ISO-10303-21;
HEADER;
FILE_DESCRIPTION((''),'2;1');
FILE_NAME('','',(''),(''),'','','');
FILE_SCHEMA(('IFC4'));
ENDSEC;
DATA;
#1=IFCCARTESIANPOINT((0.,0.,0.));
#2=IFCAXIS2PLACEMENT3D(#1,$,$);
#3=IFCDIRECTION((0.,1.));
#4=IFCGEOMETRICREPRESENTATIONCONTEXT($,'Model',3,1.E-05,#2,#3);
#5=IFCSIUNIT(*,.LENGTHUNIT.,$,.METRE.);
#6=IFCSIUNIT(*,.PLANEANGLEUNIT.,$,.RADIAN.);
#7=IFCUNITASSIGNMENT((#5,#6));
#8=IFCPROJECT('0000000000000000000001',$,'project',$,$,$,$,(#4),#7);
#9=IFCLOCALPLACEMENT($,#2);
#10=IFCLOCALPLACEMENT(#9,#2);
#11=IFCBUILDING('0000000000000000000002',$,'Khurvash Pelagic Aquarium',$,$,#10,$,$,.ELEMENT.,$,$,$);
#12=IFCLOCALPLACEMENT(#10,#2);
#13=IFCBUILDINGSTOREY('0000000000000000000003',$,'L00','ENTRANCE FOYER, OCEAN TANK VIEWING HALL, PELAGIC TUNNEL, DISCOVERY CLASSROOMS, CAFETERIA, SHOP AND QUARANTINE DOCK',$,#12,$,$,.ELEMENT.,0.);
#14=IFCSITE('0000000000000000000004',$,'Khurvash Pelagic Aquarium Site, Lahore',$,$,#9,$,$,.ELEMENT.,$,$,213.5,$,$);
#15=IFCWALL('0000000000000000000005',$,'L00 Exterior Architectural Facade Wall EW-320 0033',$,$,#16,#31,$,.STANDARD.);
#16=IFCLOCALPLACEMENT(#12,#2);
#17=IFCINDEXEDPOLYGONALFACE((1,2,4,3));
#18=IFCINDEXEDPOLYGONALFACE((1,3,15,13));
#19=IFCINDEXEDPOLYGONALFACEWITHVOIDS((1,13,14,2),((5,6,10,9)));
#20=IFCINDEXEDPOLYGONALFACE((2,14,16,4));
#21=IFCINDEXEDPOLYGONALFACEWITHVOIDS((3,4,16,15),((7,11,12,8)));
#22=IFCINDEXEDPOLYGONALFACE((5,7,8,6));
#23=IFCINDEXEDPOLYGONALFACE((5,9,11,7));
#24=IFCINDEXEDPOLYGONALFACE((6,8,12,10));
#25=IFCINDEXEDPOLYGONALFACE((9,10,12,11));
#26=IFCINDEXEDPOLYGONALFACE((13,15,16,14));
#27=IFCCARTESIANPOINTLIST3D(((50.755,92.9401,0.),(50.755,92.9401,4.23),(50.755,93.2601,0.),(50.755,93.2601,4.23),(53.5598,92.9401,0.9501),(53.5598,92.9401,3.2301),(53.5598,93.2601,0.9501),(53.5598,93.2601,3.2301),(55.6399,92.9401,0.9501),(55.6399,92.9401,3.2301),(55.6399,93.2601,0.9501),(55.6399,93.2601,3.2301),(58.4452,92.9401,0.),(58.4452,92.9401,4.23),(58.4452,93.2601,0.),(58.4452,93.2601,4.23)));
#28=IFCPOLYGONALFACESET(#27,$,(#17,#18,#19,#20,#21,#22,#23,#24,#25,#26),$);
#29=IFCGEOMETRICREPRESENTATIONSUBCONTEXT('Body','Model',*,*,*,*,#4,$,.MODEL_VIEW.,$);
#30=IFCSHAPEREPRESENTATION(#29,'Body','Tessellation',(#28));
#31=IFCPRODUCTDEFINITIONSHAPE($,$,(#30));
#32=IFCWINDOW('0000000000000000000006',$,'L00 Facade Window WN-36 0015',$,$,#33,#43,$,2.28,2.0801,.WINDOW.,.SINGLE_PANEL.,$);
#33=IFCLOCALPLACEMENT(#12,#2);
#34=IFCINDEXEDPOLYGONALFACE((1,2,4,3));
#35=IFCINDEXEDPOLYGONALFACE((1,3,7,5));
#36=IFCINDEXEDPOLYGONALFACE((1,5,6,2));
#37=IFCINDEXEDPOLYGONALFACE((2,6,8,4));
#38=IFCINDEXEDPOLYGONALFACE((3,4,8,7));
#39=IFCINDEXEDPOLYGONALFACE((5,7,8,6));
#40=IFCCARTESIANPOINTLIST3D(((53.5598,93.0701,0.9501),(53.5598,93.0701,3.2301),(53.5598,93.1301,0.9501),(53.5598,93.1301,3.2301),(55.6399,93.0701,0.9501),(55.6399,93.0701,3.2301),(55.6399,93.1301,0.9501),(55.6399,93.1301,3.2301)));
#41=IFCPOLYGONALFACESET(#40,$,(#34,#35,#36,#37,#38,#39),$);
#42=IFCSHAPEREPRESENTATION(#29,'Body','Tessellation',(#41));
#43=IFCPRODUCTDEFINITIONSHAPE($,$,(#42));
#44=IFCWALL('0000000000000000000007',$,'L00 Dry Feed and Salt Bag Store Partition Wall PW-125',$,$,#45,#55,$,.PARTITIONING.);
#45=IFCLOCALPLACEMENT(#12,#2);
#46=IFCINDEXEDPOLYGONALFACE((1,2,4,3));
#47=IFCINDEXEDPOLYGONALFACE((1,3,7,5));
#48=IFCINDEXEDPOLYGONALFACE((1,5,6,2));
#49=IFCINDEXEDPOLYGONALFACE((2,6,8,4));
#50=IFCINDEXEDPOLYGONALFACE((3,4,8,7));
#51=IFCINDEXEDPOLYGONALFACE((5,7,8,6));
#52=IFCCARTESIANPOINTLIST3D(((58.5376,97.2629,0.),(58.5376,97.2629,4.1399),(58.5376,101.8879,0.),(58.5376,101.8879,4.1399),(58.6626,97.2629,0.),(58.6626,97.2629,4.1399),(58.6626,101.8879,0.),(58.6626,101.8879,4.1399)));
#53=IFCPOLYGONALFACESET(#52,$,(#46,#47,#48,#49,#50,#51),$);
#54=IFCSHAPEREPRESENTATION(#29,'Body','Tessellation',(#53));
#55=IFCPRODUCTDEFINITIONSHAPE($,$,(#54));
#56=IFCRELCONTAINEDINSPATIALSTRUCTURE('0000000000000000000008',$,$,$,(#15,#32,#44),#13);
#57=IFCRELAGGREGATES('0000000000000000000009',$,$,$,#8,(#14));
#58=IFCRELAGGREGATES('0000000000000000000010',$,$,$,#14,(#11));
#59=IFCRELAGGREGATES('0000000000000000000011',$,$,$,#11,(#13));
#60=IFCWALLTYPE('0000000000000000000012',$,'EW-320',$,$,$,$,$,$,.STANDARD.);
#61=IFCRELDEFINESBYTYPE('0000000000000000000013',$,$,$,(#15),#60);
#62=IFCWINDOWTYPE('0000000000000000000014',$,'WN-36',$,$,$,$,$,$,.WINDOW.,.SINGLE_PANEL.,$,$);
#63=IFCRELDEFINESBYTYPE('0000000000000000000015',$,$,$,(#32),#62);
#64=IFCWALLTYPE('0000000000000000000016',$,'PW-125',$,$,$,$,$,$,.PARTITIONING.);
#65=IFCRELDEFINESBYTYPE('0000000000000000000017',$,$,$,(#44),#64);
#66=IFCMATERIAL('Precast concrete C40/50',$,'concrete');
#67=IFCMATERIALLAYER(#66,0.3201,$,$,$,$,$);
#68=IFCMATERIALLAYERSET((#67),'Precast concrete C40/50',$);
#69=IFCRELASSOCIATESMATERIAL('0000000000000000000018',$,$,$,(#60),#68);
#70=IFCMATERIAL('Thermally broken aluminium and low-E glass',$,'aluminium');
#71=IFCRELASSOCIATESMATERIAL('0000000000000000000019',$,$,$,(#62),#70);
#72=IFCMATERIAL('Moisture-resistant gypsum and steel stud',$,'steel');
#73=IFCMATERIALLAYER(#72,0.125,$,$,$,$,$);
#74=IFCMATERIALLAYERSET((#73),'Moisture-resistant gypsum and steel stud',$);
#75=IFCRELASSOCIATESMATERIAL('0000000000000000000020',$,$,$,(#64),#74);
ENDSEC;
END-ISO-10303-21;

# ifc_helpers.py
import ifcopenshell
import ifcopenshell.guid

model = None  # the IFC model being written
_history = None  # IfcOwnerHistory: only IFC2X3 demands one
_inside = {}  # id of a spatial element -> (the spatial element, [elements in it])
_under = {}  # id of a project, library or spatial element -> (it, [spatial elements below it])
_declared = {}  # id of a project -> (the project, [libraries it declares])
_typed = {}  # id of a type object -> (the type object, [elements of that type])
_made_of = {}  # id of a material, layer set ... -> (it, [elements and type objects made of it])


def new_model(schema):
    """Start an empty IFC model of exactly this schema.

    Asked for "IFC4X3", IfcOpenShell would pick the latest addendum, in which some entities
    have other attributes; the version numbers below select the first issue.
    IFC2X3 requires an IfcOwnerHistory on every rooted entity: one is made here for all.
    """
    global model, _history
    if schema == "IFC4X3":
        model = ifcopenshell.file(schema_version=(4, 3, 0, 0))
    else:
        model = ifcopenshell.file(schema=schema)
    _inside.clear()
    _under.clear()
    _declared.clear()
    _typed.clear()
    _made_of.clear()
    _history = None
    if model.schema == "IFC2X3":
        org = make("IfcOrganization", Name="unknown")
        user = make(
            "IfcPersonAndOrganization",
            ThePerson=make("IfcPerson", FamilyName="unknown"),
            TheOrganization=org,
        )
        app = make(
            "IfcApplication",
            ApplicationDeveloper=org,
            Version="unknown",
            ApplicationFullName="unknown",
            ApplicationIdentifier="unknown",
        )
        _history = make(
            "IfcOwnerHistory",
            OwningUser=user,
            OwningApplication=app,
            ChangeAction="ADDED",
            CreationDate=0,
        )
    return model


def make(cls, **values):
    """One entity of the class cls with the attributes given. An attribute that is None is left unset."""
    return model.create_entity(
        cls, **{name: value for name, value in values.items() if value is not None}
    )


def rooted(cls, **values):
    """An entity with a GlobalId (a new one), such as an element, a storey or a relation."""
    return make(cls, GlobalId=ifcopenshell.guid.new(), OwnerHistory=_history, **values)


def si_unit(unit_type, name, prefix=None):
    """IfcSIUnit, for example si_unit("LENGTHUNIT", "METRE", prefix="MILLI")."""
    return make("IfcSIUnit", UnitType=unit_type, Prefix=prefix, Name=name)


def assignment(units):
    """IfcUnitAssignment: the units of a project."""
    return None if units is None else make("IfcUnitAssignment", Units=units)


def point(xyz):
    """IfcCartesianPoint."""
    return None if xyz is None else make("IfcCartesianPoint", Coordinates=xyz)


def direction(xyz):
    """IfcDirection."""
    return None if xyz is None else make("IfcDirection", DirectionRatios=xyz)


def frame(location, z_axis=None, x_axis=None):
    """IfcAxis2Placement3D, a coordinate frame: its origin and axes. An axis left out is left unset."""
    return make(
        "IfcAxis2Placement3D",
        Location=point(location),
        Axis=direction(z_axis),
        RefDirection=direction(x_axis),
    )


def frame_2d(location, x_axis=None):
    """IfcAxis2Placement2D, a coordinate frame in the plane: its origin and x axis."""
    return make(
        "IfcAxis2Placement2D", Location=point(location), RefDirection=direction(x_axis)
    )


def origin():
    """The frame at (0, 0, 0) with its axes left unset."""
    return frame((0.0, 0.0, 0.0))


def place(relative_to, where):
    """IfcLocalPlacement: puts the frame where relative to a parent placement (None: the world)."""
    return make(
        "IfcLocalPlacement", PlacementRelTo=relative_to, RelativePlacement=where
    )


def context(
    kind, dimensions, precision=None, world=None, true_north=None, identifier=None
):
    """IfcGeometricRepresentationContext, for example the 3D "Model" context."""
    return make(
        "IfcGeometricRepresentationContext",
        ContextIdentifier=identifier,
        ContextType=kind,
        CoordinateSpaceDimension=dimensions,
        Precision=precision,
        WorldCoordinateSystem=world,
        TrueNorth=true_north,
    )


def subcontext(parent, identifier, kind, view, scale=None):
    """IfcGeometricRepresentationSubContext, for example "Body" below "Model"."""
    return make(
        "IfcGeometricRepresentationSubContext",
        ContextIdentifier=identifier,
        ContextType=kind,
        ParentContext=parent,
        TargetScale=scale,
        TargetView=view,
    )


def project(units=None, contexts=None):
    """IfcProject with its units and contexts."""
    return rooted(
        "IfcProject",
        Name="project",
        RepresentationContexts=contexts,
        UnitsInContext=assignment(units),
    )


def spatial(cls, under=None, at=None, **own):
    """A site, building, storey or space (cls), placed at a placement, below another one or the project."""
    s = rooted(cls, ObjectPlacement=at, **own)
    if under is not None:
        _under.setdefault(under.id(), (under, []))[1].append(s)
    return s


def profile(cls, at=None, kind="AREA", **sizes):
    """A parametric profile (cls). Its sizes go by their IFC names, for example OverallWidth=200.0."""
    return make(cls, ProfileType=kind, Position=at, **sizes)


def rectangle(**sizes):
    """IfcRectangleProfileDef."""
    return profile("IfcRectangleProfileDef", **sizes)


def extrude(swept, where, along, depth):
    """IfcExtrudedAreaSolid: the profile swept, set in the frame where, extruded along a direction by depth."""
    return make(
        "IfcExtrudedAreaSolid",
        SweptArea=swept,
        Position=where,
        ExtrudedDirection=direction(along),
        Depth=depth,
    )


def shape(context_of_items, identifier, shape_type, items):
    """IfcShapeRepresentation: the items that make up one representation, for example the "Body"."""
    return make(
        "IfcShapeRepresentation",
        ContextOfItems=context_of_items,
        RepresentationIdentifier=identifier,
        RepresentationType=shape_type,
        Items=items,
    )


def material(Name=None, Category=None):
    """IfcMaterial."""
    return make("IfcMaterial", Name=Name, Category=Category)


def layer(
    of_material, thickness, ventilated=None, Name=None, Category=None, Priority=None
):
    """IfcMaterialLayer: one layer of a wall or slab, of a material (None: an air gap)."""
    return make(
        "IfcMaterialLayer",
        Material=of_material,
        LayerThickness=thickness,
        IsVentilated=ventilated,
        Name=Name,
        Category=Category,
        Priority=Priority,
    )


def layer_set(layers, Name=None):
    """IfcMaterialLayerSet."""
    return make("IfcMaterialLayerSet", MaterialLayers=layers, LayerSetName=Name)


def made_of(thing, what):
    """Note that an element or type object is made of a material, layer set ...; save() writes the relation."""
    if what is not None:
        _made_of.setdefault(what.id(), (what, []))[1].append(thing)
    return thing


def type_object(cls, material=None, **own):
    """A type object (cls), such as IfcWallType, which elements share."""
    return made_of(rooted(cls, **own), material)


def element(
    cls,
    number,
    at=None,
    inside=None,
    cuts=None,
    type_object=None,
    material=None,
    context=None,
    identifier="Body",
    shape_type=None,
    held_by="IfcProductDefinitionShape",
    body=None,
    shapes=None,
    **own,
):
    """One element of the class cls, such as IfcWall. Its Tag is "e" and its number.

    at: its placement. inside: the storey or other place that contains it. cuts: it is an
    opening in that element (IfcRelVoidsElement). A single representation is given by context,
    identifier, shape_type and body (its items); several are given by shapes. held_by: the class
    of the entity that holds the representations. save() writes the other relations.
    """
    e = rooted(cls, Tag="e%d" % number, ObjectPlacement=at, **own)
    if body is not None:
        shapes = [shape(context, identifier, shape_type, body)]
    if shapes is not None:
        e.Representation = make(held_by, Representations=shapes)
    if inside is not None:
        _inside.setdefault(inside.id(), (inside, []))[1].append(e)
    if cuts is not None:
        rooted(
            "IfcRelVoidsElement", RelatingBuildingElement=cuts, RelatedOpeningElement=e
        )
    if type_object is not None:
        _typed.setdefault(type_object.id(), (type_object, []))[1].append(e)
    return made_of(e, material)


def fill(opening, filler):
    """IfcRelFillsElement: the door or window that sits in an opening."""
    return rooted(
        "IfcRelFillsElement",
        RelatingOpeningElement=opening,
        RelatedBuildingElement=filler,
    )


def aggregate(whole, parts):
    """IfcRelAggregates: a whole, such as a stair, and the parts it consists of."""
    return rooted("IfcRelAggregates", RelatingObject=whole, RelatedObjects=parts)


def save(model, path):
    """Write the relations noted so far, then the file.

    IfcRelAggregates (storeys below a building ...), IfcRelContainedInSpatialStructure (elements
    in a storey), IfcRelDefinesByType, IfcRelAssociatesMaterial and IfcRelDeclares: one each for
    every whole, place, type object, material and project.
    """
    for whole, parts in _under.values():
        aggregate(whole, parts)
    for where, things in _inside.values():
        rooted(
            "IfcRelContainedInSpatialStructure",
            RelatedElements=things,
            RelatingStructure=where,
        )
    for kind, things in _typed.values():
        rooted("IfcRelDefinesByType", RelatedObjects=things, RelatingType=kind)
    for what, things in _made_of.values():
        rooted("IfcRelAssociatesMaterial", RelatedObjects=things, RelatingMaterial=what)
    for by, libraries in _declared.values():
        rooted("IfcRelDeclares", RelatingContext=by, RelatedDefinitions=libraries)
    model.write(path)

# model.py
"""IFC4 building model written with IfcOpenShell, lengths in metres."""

from ifc_helpers import new_model, si_unit, direction, frame, frame_2d, origin, place, context, subcontext, project, spatial, rectangle, extrude, material, layer, layer_set, type_object, element, fill, save


model = new_model("IFC4")

# Units and contexts
model_context = context("Model", 3, precision=1e-05, world=origin(), true_north=direction((0.0, 1.0)))
body_context = subcontext(model_context, "Body", "Model", "MODEL_VIEW")
ifc_project = project(units=[si_unit("LENGTHUNIT", "METRE"), si_unit("PLANEANGLEUNIT", "RADIAN")], contexts=[model_context])

# Site, building, storey
site_placement = place(None, origin())
site = spatial("IfcSite", under=ifc_project, at=site_placement, Name="Khurvash Pelagic Aquarium Site, Lahore", CompositionType="ELEMENT", RefElevation=213.5)
building_placement = place(site_placement, origin())
building = spatial("IfcBuilding", under=site, at=building_placement, Name="Khurvash Pelagic Aquarium", CompositionType="ELEMENT")
storey_placement = place(building_placement, origin())
storey = spatial("IfcBuildingStorey", under=building, at=storey_placement, Name="L00", Description="ENTRANCE FOYER, OCEAN TANK VIEWING HALL, PELAGIC TUNNEL, DISCOVERY CLASSROOMS, CAFETERIA, SHOP AND QUARANTINE DOCK", CompositionType="ELEMENT", Elevation=0.0)

# Wall, opening, window
ifc_material_1 = material(Name="Precast concrete C40/50", Category="concrete")
ifc_layer_1 = layer(ifc_material_1, 0.3201)
ifc_layer_set_1 = layer_set([ifc_layer_1], Name="Precast concrete C40/50")
wall_type_1 = type_object("IfcWallType", Name="EW-320", PredefinedType="STANDARD", material=ifc_layer_set_1)
wall_1_placement = place(storey_placement, frame((50.7549, 93.1001, 0.0), z_axis=(0.0, 0.0, 1.0), x_axis=(1.0, 0.0, 0.0)))
wall_1 = element("IfcWall", 1, at=wall_1_placement, inside=storey, type_object=wall_type_1, Name="L00 Exterior Architectural Facade Wall EW-320 0033", PredefinedType="STANDARD", context=body_context, shape_type="SweptSolid", body=[
    extrude(rectangle(XDim=7.6902, YDim=0.3201, at=frame_2d((3.8452, 0.0))), origin(), (0.0, 0.0, 1.0), 4.23),
])
opening_placement = place(wall_1_placement, frame((2.8049, 0.0, 0.95)))
opening = element("IfcOpeningElement", 2, at=opening_placement, cuts=wall_1, PredefinedType="OPENING", context=body_context, shape_type="SweptSolid", body=[
    extrude(rectangle(XDim=2.0801, YDim=2.28, at=frame_2d((1.04, 1.1401))), frame((0.0, 0.1699, 0.0), z_axis=(0.0, -1.0, 0.0), x_axis=(1.0, 0.0, 0.0)), (0.0, 0.0, 1.0), 0.3401),
])
ifc_material_2 = material(Name="Thermally broken aluminium and low-E glass", Category="aluminium")
window_type = type_object("IfcWindowType", Name="WN-36", PartitioningType="SINGLE_PANEL", PredefinedType="WINDOW", material=ifc_material_2)
window_placement = place(opening_placement, origin())
window = element("IfcWindow", 3, at=window_placement, inside=storey, type_object=window_type, Name="L00 Facade Window WN-36 0015", OverallHeight=2.28, OverallWidth=2.0801, PartitioningType="SINGLE_PANEL", PredefinedType="WINDOW", context=body_context, shape_type="SweptSolid", body=[
    extrude(rectangle(XDim=2.0801, YDim=2.28, at=frame_2d((1.04, 1.1401))), frame((0.0, 0.03, 0.0), z_axis=(0.0, -1.0, 0.0), x_axis=(1.0, 0.0, 0.0)), (0.0, 0.0, 1.0), 0.0601),
])
fill(opening, window)

# Wall
ifc_material_3 = material(Name="Moisture-resistant gypsum and steel stud", Category="steel")
ifc_layer_2 = layer(ifc_material_3, 0.125)
ifc_layer_set_2 = layer_set([ifc_layer_2], Name="Moisture-resistant gypsum and steel stud")
wall_type_2 = type_object("IfcWallType", Name="PW-125", PredefinedType="PARTITIONING", material=ifc_layer_set_2)
wall_2_placement = place(storey_placement, frame((58.6001, 97.2629, 0.0), z_axis=(0.0, 0.0, 1.0), x_axis=(0.0, 1.0, 0.0)))
element("IfcWall", 4, at=wall_2_placement, inside=storey, type_object=wall_type_2, Name="L00 Dry Feed and Salt Bag Store Partition Wall PW-125", PredefinedType="PARTITIONING", context=body_context, shape_type="SweptSolid", body=[
    extrude(rectangle(XDim=4.625, YDim=0.125, at=frame_2d((2.3125, 0.0))), origin(), (0.0, 0.0, 1.0), 4.1399),
])

save(model, "model.ifc")
